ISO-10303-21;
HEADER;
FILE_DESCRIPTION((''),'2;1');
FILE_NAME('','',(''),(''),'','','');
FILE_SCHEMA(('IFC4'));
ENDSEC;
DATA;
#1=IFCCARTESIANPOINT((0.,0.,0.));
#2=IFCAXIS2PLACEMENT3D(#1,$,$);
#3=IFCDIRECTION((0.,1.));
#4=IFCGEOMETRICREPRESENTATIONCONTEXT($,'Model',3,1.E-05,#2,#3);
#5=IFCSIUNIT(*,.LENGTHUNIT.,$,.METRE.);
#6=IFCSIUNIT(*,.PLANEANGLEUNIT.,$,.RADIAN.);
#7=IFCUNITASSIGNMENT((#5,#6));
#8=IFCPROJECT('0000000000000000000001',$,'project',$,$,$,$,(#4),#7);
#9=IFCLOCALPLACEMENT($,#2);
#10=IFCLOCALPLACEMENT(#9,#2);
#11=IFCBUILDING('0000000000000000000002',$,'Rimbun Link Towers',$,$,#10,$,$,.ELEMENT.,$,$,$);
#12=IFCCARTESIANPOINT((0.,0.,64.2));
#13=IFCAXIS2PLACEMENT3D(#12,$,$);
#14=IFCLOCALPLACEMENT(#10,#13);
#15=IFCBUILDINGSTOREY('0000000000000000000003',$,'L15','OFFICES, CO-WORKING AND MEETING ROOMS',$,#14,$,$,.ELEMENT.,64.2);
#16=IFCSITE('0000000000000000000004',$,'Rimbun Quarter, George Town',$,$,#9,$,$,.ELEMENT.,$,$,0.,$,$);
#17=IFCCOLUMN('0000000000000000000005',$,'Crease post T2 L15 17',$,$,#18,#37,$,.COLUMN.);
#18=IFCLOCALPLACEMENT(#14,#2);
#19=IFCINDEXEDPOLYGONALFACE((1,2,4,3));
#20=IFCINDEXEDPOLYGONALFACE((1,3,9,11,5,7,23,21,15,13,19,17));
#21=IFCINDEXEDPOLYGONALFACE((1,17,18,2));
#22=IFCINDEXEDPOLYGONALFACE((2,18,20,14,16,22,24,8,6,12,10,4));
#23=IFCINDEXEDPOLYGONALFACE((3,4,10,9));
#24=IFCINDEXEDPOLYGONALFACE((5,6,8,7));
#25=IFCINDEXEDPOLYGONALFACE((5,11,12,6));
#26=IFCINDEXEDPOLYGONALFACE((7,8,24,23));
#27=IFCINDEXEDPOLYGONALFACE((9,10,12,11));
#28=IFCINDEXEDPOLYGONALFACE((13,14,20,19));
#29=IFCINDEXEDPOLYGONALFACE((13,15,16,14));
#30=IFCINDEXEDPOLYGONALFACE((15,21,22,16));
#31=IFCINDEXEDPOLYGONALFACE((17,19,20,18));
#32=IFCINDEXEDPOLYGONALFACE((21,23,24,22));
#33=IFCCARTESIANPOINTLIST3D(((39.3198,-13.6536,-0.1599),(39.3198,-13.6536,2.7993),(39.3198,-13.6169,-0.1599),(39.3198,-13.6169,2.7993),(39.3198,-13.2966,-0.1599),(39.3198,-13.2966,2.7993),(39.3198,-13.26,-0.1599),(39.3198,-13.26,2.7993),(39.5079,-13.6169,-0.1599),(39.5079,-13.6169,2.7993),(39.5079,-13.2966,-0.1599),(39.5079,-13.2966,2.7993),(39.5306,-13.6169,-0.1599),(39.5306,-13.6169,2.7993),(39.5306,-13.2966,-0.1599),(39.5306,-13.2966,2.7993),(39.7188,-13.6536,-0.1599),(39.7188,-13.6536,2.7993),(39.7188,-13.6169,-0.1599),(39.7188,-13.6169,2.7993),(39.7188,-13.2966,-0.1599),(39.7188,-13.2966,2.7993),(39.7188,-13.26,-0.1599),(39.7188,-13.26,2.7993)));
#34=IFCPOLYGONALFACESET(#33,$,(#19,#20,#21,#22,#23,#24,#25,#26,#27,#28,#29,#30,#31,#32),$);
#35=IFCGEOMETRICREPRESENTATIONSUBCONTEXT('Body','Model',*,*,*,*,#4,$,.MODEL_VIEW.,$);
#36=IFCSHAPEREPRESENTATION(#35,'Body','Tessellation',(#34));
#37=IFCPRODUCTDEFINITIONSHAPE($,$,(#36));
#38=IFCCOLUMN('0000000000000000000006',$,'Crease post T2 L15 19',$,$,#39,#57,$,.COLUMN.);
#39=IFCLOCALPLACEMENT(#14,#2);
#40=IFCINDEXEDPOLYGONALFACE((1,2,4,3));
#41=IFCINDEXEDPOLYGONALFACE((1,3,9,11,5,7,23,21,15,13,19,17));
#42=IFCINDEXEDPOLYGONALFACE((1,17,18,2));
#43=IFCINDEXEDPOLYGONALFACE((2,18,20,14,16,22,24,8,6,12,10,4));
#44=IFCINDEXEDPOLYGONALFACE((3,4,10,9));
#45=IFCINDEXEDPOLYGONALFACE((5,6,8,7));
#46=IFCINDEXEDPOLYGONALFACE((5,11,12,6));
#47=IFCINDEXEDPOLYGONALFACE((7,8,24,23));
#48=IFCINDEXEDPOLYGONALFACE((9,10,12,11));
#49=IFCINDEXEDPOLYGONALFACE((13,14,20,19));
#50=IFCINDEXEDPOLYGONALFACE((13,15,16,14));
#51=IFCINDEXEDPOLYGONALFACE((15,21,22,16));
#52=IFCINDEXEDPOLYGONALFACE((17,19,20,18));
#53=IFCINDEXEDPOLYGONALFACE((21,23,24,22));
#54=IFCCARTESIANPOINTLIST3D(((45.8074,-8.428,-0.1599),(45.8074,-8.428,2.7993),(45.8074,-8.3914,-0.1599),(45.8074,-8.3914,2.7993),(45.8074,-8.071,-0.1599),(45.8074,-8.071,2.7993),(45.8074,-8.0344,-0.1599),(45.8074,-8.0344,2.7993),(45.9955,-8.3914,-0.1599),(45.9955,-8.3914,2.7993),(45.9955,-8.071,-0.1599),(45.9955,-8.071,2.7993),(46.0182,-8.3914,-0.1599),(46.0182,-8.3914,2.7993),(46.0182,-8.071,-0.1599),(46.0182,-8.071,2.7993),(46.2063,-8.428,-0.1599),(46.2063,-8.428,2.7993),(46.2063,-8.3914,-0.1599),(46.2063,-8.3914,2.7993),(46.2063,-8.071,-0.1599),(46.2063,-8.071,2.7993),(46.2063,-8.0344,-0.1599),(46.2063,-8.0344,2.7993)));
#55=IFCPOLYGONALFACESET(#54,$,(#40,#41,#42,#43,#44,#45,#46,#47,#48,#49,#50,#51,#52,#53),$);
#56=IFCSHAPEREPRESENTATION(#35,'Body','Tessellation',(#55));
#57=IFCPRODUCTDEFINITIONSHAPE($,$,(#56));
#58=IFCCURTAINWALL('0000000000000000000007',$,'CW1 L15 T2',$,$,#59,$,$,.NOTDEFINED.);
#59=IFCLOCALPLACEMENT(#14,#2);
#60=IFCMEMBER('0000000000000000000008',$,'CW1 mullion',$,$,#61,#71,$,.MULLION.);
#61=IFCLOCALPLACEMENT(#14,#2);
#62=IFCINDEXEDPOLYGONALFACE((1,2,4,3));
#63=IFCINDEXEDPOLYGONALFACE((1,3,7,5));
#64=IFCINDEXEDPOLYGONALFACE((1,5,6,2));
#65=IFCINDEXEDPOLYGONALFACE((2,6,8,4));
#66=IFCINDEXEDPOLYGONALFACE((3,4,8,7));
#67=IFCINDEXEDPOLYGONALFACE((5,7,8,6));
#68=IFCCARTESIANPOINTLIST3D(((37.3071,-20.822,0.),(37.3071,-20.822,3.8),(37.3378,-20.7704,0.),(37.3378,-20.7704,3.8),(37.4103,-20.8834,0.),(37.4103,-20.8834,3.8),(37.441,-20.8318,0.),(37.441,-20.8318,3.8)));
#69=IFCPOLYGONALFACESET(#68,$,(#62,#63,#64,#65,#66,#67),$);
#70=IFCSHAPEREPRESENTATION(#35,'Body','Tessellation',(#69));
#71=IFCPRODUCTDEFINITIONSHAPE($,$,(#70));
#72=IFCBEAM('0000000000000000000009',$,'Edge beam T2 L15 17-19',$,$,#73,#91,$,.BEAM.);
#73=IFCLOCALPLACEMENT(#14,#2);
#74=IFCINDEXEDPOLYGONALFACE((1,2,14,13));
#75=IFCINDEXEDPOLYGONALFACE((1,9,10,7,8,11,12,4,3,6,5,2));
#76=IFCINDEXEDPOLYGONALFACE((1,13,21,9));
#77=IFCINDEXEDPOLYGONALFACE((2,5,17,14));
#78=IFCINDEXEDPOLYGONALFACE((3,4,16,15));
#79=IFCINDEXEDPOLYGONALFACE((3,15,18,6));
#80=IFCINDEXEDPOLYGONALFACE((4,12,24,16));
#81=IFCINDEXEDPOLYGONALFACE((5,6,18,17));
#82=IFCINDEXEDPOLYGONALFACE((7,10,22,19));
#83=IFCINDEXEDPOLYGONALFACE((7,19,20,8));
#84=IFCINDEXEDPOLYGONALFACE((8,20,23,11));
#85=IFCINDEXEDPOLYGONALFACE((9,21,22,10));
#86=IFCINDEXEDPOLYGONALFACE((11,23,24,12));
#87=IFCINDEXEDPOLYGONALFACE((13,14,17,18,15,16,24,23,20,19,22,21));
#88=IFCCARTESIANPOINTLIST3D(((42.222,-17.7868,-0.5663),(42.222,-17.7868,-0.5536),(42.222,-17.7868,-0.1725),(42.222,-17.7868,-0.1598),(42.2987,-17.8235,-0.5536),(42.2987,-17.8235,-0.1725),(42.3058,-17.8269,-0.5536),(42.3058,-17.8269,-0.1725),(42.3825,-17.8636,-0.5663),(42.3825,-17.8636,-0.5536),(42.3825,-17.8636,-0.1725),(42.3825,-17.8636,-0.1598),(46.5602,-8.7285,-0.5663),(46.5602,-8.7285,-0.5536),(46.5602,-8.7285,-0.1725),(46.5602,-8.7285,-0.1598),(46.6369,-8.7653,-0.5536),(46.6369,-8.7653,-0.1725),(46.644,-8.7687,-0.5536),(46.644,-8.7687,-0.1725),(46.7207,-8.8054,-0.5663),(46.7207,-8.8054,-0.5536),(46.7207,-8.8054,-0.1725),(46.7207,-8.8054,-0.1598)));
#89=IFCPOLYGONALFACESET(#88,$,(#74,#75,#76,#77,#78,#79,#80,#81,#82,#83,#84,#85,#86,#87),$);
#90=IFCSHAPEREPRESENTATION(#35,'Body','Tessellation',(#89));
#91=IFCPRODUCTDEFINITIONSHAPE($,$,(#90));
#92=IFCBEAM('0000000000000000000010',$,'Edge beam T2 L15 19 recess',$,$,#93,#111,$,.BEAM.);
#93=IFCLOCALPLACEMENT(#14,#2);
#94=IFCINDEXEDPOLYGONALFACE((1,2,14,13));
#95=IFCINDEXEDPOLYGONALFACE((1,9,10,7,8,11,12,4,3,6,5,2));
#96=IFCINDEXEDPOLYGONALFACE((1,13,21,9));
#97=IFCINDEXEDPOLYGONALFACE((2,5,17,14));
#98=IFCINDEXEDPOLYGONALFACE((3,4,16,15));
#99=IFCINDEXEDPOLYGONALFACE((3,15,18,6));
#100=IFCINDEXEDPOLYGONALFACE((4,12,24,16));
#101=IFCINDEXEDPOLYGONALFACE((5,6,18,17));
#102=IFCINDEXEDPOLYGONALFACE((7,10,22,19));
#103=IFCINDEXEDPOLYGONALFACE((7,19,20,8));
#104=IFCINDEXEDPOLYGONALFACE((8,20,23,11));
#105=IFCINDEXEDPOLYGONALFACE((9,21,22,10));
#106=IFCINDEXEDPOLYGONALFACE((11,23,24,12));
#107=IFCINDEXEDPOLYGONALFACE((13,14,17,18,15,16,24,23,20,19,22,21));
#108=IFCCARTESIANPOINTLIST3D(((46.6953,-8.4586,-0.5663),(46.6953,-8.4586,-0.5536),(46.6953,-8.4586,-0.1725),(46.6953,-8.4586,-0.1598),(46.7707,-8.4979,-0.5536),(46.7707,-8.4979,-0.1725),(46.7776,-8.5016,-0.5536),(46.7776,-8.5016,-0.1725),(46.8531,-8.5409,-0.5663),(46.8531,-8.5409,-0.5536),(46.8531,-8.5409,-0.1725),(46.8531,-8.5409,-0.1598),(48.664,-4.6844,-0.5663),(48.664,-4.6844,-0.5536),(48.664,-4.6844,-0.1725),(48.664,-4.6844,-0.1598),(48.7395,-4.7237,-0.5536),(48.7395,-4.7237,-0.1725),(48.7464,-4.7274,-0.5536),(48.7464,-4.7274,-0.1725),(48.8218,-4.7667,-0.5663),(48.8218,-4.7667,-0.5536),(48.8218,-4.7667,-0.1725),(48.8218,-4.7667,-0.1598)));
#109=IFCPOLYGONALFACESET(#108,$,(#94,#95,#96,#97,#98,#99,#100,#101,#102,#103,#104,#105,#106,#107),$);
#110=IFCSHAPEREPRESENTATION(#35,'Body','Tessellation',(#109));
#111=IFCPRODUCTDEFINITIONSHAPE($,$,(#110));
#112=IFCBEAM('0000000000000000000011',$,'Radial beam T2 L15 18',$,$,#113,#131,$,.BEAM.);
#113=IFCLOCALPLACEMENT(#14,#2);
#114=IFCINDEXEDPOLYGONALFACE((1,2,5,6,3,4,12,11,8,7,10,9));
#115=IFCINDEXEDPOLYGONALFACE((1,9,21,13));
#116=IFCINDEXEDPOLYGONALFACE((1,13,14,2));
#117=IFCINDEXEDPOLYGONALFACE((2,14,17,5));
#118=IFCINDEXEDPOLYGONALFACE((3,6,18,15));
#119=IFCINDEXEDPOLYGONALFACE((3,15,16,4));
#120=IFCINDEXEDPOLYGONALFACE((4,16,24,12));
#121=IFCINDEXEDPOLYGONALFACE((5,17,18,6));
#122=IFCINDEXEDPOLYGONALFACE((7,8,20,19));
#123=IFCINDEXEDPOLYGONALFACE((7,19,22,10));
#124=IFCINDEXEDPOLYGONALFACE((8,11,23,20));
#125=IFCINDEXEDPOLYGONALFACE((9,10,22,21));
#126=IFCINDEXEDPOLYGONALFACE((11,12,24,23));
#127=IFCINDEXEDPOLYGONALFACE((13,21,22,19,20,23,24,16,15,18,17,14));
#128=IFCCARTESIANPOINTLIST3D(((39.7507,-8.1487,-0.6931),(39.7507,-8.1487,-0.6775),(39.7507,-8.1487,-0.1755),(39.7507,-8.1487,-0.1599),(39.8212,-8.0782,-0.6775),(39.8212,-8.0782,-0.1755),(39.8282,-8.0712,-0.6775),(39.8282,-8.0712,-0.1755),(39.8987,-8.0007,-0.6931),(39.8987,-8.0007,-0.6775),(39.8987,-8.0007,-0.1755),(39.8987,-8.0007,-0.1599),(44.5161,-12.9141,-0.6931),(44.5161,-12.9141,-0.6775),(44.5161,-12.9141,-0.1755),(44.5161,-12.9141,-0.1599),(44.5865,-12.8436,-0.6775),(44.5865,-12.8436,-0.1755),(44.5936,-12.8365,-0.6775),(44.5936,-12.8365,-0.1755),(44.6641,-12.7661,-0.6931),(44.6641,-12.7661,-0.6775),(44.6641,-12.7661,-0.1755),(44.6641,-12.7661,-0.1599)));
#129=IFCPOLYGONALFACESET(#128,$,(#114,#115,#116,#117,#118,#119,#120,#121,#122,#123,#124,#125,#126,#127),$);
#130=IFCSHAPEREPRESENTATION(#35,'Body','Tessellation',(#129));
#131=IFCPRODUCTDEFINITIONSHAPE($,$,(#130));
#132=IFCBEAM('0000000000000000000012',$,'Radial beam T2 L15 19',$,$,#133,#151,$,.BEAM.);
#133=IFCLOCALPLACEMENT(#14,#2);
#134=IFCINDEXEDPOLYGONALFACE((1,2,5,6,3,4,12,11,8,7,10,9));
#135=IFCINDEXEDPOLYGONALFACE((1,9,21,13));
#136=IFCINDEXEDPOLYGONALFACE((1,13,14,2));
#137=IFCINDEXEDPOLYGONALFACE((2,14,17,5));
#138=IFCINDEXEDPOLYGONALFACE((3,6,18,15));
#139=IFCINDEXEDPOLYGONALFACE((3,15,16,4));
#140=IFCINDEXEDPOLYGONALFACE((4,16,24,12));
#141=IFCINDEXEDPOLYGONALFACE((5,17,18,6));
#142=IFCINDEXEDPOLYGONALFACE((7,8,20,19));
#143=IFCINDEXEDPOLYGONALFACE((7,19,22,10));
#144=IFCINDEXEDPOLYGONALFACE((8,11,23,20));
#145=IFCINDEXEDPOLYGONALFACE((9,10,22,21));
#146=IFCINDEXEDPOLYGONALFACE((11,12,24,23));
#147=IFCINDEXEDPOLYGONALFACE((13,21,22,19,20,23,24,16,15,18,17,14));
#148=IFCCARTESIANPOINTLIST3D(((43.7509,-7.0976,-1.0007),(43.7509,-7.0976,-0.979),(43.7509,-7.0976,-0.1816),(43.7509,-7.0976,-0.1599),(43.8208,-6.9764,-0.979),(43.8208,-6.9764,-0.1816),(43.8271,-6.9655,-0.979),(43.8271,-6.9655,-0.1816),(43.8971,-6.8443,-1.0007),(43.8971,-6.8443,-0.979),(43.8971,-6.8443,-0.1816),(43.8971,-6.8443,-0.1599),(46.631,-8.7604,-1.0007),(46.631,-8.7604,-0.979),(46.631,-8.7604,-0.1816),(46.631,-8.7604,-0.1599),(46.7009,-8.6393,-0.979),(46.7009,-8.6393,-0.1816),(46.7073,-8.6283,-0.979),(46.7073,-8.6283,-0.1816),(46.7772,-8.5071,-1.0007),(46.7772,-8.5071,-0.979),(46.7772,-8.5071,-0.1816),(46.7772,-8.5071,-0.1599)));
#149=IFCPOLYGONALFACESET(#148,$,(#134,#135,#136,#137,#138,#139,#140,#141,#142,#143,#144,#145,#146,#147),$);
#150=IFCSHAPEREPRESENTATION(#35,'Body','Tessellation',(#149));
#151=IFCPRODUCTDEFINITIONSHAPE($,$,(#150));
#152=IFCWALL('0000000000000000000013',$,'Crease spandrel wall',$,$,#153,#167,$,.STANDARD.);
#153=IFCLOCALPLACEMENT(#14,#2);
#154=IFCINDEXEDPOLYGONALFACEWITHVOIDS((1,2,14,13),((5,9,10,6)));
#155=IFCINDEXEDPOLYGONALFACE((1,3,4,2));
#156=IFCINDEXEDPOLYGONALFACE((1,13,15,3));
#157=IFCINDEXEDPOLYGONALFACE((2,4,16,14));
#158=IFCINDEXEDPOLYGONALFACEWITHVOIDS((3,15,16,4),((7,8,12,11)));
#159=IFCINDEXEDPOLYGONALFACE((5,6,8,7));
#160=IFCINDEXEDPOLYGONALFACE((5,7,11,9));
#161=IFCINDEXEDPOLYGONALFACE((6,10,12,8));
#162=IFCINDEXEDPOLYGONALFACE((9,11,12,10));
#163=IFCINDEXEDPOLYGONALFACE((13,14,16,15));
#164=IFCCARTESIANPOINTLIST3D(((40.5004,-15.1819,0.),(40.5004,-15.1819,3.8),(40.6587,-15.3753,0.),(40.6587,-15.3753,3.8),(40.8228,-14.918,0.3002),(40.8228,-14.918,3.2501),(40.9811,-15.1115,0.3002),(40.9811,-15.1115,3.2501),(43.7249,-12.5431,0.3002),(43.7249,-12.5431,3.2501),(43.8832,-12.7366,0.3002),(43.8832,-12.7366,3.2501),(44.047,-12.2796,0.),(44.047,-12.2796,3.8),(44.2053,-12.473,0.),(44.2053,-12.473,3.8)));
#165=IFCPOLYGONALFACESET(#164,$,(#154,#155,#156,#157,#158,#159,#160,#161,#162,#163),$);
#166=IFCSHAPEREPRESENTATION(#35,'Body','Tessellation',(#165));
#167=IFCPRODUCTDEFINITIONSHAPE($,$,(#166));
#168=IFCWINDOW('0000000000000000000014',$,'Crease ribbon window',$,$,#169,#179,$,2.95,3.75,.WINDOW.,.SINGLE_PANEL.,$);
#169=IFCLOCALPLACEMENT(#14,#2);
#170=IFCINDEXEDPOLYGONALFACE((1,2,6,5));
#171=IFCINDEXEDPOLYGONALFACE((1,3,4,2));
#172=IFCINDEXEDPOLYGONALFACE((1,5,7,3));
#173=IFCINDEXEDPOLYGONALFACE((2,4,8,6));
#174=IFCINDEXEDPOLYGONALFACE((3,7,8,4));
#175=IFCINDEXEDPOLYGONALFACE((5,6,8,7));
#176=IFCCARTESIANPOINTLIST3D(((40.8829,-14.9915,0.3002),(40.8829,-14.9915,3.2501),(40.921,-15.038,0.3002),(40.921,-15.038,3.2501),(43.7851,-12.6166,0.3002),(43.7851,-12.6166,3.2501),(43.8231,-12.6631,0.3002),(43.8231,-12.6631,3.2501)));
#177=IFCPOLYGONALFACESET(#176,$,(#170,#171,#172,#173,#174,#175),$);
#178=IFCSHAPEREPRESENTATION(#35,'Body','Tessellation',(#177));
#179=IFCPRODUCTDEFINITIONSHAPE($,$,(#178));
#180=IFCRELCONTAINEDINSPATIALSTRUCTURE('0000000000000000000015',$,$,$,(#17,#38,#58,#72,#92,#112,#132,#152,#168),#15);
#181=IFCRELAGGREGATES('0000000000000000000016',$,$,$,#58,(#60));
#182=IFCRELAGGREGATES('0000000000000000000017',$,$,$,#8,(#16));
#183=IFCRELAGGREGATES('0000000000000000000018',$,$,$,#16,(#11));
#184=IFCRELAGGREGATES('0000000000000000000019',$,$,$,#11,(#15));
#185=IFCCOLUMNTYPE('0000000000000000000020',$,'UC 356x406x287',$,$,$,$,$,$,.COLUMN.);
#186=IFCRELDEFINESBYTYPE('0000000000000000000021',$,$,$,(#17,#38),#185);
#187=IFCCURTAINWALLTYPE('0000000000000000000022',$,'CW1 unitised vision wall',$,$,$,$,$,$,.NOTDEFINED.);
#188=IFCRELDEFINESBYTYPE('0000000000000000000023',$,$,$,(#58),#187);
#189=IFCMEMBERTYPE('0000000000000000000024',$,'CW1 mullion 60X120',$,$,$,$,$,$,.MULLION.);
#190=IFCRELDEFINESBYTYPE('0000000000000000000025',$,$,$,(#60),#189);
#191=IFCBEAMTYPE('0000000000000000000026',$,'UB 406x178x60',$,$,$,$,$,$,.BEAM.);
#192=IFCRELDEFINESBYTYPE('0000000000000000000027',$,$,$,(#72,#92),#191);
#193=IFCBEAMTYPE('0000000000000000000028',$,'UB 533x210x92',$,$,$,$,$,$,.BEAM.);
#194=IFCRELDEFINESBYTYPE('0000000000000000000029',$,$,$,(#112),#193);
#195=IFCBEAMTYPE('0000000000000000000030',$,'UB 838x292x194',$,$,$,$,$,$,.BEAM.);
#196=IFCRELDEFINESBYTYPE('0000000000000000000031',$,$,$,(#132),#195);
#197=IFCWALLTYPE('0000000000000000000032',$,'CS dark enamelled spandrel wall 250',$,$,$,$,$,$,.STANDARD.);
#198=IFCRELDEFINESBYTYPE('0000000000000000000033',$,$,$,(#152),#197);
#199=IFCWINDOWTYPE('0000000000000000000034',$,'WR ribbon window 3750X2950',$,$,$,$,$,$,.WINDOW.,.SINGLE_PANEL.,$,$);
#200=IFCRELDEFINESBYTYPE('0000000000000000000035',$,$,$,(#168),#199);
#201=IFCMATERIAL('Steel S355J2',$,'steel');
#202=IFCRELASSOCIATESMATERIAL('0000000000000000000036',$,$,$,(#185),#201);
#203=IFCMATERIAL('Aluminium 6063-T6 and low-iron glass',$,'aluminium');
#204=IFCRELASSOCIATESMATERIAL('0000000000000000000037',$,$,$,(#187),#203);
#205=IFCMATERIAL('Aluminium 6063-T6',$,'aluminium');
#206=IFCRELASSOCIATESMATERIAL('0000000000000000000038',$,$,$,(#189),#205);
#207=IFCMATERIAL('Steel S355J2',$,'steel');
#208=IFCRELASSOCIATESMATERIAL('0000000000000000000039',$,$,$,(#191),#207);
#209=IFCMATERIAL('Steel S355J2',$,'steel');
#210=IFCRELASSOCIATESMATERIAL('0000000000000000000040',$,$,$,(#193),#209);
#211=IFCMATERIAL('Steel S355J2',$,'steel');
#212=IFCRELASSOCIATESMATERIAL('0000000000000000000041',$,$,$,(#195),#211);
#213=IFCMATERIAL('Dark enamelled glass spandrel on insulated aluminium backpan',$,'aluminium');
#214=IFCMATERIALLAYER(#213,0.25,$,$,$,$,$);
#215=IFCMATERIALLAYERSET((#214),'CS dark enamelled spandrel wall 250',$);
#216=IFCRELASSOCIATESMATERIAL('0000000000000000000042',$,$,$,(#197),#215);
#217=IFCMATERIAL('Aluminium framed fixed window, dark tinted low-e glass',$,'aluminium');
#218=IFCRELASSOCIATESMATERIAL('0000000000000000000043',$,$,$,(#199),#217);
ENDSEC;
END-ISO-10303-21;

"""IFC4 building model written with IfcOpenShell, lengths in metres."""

from ifc_helpers import new_model, si_unit, direction, frame, frame_2d, origin, origin_2d, place, context, subcontext, project, spatial, rectangle, i_section, extrude, material, layer, layer_set, material_profile, profile_set, type_object, element, fill, aggregate, save


model = new_model("IFC4")

# Units and contexts
model_context = context("Model", 3, precision=1e-05, world=origin(), true_north=direction((0.0, 1.0)))
body_context = subcontext(model_context, "Body", "Model", "MODEL_VIEW")
ifc_project = project(units=[si_unit("LENGTHUNIT", "METRE"), si_unit("PLANEANGLEUNIT", "RADIAN")], contexts=[model_context])

# Site, building, storey
site_placement = place(None, origin())
site = spatial("IfcSite", under=ifc_project, at=site_placement, Name="Rimbun Quarter, George Town", CompositionType="ELEMENT", RefElevation=0.0)
building_placement = place(site_placement, origin())
building = spatial("IfcBuilding", under=site, at=building_placement, Name="Rimbun Link Towers", CompositionType="ELEMENT")
storey_placement = place(building_placement, frame((0.0, 0.0, 64.2)))
storey = spatial("IfcBuildingStorey", under=building, at=storey_placement, Name="L15", Description="OFFICES, CO-WORKING AND MEETING ROOMS", CompositionType="ELEMENT", Elevation=64.2)

# Columns
ifc_material_1 = material(Name="Steel S355J2", Category="steel")
ifc_material_profile_1 = material_profile(ifc_material_1, i_section(OverallWidth=0.3989, OverallDepth=0.3936, WebThickness=0.0227, FlangeThickness=0.0366, at=origin_2d()), Name="UC 356x406x287")
ifc_profile_set_1 = profile_set([ifc_material_profile_1], Name="Steel S355J2")
column_type = type_object("IfcColumnType", Name="UC 356x406x287", PredefinedType="COLUMN", material=ifc_profile_set_1)
for number, where, z_axis, x_axis, name in (
    (1, (39.5193, -13.4568, -0.1599), (0.0, 0.0, 1.0), (1.0, 0.0, 0.0), "Crease post T2 L15 17"),
    (2, (46.0068, -8.2312, -0.1599), (0.0, 0.0, 1.0), (1.0, 0.0, 0.0), "Crease post T2 L15 19"),
):
    element("IfcColumn", number, at=place(storey_placement, frame(where, z_axis=z_axis, x_axis=x_axis)), inside=storey, type_object=column_type, Name=name, PredefinedType="COLUMN", context=body_context, shape_type="SweptSolid", body=[
        extrude(i_section(OverallWidth=0.3989, OverallDepth=0.3936, WebThickness=0.0227, FlangeThickness=0.0366, at=origin_2d()), origin(), (0.0, 0.0, 1.0), 2.9592),
    ])

# Curtain wall, member
ifc_material_2 = material(Name="Aluminium 6063-T6 and low-iron glass", Category="aluminium")
curtain_wall_type = type_object("IfcCurtainWallType", Name="CW1 unitised vision wall", PredefinedType="NOTDEFINED", material=ifc_material_2)
curtain_wall_placement = place(storey_placement, origin())
curtain_wall = element("IfcCurtainWall", 3, at=curtain_wall_placement, inside=storey, type_object=curtain_wall_type, Name="CW1 L15 T2", PredefinedType="NOTDEFINED")
ifc_material_3 = material(Name="Aluminium 6063-T6", Category="aluminium")
ifc_material_profile_2 = material_profile(ifc_material_3, rectangle(XDim=0.1201, YDim=0.0601, at=origin_2d()), Name="MULLION 60X120")
ifc_profile_set_2 = profile_set([ifc_material_profile_2], Name="Aluminium 6063-T6")
member_type = type_object("IfcMemberType", Name="CW1 mullion 60X120", PredefinedType="MULLION", material=ifc_profile_set_2)
member_placement = place(storey_placement, frame((37.374, -20.8269, 0.0), z_axis=(0.0, 0.0, 1.0), x_axis=(0.859189, -0.511659, 0.0)))
member = element("IfcMember", 4, at=member_placement, type_object=member_type, Name="CW1 mullion", PredefinedType="MULLION", context=body_context, shape_type="SweptSolid", body=[
    extrude(rectangle(XDim=0.1201, YDim=0.0601, at=origin_2d()), origin(), (0.0, 0.0, 1.0), 3.8),
])
aggregate(curtain_wall, [member])

# Beams
ifc_material_4 = material(Name="Steel S355J2", Category="steel")
ifc_material_profile_3 = material_profile(ifc_material_4, i_section(OverallWidth=0.178, OverallDepth=0.4065, WebThickness=0.0078, FlangeThickness=0.0127, at=origin_2d()), Name="UB 406x178x60")
ifc_profile_set_3 = profile_set([ifc_material_profile_3], Name="Steel S355J2")
beam_type_1 = type_object("IfcBeamType", Name="UB 406x178x60", PredefinedType="BEAM", material=ifc_profile_set_3)
beam_1_placement = place(storey_placement, frame((42.3022, -17.8252, -0.363), z_axis=(0.431941, 0.901902, 0.0), x_axis=(-0.901902, 0.431941, 0.0)))
element("IfcBeam", 5, at=beam_1_placement, inside=storey, type_object=beam_type_1, Name="Edge beam T2 L15 17-19", PredefinedType="BEAM", context=body_context, shape_type="SweptSolid", body=[
    extrude(i_section(OverallWidth=0.178, OverallDepth=0.4065, WebThickness=0.0078, FlangeThickness=0.0127, at=origin_2d()), origin(), (0.0, 0.0, 1.0), 10.0435),
])
beam_2_placement = place(storey_placement, frame((46.7742, -8.4998, -0.363), z_axis=(0.462495, 0.886622, 0.0), x_axis=(-0.886622, 0.462495, 0.0)))
element("IfcBeam", 6, at=beam_2_placement, inside=storey, type_object=beam_type_1, Name="Edge beam T2 L15 19 recess", PredefinedType="BEAM", context=body_context, shape_type="SweptSolid", body=[
    extrude(i_section(OverallWidth=0.178, OverallDepth=0.4065, WebThickness=0.0078, FlangeThickness=0.0127, at=origin_2d()), origin(), (0.0, 0.0, 1.0), 4.2568),
])
ifc_material_5 = material(Name="Steel S355J2", Category="steel")
ifc_material_profile_4 = material_profile(ifc_material_5, i_section(OverallWidth=0.2092, OverallDepth=0.5332, WebThickness=0.01, FlangeThickness=0.0156, at=origin_2d()), Name="UB 533x210x92")
ifc_profile_set_4 = profile_set([ifc_material_profile_4], Name="Steel S355J2")
beam_type_2 = type_object("IfcBeamType", Name="UB 533x210x92", PredefinedType="BEAM", material=ifc_profile_set_4)
beam_3_placement = place(storey_placement, frame((39.8247, -8.0747, -0.4265), z_axis=(0.707107, -0.707107, 0.0), x_axis=(0.707107, 0.707107, 0.0)))
element("IfcBeam", 7, at=beam_3_placement, inside=storey, type_object=beam_type_2, Name="Radial beam T2 L15 18", PredefinedType="BEAM", context=body_context, shape_type="SweptSolid", body=[
    extrude(i_section(OverallWidth=0.2092, OverallDepth=0.5332, WebThickness=0.01, FlangeThickness=0.0156, at=origin_2d()), origin(), (0.0, 0.0, 1.0), 6.7393),
])
ifc_material_6 = material(Name="Steel S355J2", Category="steel")
ifc_material_profile_5 = material_profile(ifc_material_6, i_section(OverallWidth=0.2925, OverallDepth=0.8408, WebThickness=0.0127, FlangeThickness=0.0217, at=origin_2d()), Name="UB 838x292x194")
ifc_profile_set_5 = profile_set([ifc_material_profile_5], Name="Steel S355J2")
beam_type_3 = type_object("IfcBeamType", Name="UB 838x292x194", PredefinedType="BEAM", material=ifc_profile_set_5)
beam_4_placement = place(storey_placement, frame((43.824, -6.9709, -0.5803), z_axis=(0.866025, -0.5, 0.0), x_axis=(0.5, 0.866025, 0.0)))
element("IfcBeam", 8, at=beam_4_placement, inside=storey, type_object=beam_type_3, Name="Radial beam T2 L15 19", PredefinedType="BEAM", context=body_context, shape_type="SweptSolid", body=[
    extrude(i_section(OverallWidth=0.2925, OverallDepth=0.8408, WebThickness=0.0127, FlangeThickness=0.0217, at=origin_2d()), origin(), (0.0, 0.0, 1.0), 3.3257),
])

# Shared definitions
ifc_material_7 = material(Name="Dark enamelled glass spandrel on insulated aluminium backpan", Category="aluminium")
ifc_layer_1 = layer(ifc_material_7, 0.25)
ifc_layer_set_1 = layer_set([ifc_layer_1], Name="CS dark enamelled spandrel wall 250")
wall_type_1 = type_object("IfcWallType", Name="CS dark enamelled spandrel wall 250", PredefinedType="STANDARD", material=ifc_layer_set_1)

# Wall, opening, window
wall_1_placement = place(storey_placement, frame((44.1262, -12.3762, 0.0), z_axis=(0.0, 0.0, 1.0), x_axis=(-0.773898, -0.63331, 0.0)))
wall_1 = element("IfcWall", 9, at=wall_1_placement, inside=storey, type_object=wall_type_1, Name="Crease spandrel wall", PredefinedType="STANDARD", context=body_context, shape_type="SweptSolid", body=[
    extrude(rectangle(XDim=4.5828, YDim=0.25, at=frame_2d((2.2915, 0.0))), origin(), (0.0, 0.0, 1.0), 3.8),
])
opening_1_placement = place(wall_1_placement, frame((0.4163, 0.0, 0.3)))
opening_1 = element("IfcOpeningElement", 10, at=opening_1_placement, cuts=wall_1, PredefinedType="OPENING", context=body_context, shape_type="SweptSolid", body=[
    extrude(rectangle(XDim=3.75, YDim=2.95, at=frame_2d((1.875, 1.4751))), frame((0.0, 0.135, 0.0), z_axis=(0.0, -1.0, 0.0), x_axis=(1.0, 0.0, 0.0)), (0.0, 0.0, 1.0), 0.27),
])
ifc_material_8 = material(Name="Aluminium framed fixed window, dark tinted low-e glass", Category="aluminium")
window_type_1 = type_object("IfcWindowType", Name="WR ribbon window 3750X2950", PartitioningType="SINGLE_PANEL", PredefinedType="WINDOW", material=ifc_material_8)
window_1_placement = place(opening_1_placement, origin())
window_1 = element("IfcWindow", 11, at=window_1_placement, inside=storey, type_object=window_type_1, Name="Crease ribbon window", OverallHeight=2.95, OverallWidth=3.75, PartitioningType="SINGLE_PANEL", PredefinedType="WINDOW", context=body_context, shape_type="SweptSolid", body=[
    extrude(rectangle(XDim=3.75, YDim=2.95, at=frame_2d((1.875, 1.4751))), frame((0.0, 0.03, 0.0), z_axis=(0.0, -1.0, 0.0), x_axis=(1.0, 0.0, 0.0)), (0.0, 0.0, 1.0), 0.0601),
])
fill(opening_1, window_1)

save(model, "model.ifc")
